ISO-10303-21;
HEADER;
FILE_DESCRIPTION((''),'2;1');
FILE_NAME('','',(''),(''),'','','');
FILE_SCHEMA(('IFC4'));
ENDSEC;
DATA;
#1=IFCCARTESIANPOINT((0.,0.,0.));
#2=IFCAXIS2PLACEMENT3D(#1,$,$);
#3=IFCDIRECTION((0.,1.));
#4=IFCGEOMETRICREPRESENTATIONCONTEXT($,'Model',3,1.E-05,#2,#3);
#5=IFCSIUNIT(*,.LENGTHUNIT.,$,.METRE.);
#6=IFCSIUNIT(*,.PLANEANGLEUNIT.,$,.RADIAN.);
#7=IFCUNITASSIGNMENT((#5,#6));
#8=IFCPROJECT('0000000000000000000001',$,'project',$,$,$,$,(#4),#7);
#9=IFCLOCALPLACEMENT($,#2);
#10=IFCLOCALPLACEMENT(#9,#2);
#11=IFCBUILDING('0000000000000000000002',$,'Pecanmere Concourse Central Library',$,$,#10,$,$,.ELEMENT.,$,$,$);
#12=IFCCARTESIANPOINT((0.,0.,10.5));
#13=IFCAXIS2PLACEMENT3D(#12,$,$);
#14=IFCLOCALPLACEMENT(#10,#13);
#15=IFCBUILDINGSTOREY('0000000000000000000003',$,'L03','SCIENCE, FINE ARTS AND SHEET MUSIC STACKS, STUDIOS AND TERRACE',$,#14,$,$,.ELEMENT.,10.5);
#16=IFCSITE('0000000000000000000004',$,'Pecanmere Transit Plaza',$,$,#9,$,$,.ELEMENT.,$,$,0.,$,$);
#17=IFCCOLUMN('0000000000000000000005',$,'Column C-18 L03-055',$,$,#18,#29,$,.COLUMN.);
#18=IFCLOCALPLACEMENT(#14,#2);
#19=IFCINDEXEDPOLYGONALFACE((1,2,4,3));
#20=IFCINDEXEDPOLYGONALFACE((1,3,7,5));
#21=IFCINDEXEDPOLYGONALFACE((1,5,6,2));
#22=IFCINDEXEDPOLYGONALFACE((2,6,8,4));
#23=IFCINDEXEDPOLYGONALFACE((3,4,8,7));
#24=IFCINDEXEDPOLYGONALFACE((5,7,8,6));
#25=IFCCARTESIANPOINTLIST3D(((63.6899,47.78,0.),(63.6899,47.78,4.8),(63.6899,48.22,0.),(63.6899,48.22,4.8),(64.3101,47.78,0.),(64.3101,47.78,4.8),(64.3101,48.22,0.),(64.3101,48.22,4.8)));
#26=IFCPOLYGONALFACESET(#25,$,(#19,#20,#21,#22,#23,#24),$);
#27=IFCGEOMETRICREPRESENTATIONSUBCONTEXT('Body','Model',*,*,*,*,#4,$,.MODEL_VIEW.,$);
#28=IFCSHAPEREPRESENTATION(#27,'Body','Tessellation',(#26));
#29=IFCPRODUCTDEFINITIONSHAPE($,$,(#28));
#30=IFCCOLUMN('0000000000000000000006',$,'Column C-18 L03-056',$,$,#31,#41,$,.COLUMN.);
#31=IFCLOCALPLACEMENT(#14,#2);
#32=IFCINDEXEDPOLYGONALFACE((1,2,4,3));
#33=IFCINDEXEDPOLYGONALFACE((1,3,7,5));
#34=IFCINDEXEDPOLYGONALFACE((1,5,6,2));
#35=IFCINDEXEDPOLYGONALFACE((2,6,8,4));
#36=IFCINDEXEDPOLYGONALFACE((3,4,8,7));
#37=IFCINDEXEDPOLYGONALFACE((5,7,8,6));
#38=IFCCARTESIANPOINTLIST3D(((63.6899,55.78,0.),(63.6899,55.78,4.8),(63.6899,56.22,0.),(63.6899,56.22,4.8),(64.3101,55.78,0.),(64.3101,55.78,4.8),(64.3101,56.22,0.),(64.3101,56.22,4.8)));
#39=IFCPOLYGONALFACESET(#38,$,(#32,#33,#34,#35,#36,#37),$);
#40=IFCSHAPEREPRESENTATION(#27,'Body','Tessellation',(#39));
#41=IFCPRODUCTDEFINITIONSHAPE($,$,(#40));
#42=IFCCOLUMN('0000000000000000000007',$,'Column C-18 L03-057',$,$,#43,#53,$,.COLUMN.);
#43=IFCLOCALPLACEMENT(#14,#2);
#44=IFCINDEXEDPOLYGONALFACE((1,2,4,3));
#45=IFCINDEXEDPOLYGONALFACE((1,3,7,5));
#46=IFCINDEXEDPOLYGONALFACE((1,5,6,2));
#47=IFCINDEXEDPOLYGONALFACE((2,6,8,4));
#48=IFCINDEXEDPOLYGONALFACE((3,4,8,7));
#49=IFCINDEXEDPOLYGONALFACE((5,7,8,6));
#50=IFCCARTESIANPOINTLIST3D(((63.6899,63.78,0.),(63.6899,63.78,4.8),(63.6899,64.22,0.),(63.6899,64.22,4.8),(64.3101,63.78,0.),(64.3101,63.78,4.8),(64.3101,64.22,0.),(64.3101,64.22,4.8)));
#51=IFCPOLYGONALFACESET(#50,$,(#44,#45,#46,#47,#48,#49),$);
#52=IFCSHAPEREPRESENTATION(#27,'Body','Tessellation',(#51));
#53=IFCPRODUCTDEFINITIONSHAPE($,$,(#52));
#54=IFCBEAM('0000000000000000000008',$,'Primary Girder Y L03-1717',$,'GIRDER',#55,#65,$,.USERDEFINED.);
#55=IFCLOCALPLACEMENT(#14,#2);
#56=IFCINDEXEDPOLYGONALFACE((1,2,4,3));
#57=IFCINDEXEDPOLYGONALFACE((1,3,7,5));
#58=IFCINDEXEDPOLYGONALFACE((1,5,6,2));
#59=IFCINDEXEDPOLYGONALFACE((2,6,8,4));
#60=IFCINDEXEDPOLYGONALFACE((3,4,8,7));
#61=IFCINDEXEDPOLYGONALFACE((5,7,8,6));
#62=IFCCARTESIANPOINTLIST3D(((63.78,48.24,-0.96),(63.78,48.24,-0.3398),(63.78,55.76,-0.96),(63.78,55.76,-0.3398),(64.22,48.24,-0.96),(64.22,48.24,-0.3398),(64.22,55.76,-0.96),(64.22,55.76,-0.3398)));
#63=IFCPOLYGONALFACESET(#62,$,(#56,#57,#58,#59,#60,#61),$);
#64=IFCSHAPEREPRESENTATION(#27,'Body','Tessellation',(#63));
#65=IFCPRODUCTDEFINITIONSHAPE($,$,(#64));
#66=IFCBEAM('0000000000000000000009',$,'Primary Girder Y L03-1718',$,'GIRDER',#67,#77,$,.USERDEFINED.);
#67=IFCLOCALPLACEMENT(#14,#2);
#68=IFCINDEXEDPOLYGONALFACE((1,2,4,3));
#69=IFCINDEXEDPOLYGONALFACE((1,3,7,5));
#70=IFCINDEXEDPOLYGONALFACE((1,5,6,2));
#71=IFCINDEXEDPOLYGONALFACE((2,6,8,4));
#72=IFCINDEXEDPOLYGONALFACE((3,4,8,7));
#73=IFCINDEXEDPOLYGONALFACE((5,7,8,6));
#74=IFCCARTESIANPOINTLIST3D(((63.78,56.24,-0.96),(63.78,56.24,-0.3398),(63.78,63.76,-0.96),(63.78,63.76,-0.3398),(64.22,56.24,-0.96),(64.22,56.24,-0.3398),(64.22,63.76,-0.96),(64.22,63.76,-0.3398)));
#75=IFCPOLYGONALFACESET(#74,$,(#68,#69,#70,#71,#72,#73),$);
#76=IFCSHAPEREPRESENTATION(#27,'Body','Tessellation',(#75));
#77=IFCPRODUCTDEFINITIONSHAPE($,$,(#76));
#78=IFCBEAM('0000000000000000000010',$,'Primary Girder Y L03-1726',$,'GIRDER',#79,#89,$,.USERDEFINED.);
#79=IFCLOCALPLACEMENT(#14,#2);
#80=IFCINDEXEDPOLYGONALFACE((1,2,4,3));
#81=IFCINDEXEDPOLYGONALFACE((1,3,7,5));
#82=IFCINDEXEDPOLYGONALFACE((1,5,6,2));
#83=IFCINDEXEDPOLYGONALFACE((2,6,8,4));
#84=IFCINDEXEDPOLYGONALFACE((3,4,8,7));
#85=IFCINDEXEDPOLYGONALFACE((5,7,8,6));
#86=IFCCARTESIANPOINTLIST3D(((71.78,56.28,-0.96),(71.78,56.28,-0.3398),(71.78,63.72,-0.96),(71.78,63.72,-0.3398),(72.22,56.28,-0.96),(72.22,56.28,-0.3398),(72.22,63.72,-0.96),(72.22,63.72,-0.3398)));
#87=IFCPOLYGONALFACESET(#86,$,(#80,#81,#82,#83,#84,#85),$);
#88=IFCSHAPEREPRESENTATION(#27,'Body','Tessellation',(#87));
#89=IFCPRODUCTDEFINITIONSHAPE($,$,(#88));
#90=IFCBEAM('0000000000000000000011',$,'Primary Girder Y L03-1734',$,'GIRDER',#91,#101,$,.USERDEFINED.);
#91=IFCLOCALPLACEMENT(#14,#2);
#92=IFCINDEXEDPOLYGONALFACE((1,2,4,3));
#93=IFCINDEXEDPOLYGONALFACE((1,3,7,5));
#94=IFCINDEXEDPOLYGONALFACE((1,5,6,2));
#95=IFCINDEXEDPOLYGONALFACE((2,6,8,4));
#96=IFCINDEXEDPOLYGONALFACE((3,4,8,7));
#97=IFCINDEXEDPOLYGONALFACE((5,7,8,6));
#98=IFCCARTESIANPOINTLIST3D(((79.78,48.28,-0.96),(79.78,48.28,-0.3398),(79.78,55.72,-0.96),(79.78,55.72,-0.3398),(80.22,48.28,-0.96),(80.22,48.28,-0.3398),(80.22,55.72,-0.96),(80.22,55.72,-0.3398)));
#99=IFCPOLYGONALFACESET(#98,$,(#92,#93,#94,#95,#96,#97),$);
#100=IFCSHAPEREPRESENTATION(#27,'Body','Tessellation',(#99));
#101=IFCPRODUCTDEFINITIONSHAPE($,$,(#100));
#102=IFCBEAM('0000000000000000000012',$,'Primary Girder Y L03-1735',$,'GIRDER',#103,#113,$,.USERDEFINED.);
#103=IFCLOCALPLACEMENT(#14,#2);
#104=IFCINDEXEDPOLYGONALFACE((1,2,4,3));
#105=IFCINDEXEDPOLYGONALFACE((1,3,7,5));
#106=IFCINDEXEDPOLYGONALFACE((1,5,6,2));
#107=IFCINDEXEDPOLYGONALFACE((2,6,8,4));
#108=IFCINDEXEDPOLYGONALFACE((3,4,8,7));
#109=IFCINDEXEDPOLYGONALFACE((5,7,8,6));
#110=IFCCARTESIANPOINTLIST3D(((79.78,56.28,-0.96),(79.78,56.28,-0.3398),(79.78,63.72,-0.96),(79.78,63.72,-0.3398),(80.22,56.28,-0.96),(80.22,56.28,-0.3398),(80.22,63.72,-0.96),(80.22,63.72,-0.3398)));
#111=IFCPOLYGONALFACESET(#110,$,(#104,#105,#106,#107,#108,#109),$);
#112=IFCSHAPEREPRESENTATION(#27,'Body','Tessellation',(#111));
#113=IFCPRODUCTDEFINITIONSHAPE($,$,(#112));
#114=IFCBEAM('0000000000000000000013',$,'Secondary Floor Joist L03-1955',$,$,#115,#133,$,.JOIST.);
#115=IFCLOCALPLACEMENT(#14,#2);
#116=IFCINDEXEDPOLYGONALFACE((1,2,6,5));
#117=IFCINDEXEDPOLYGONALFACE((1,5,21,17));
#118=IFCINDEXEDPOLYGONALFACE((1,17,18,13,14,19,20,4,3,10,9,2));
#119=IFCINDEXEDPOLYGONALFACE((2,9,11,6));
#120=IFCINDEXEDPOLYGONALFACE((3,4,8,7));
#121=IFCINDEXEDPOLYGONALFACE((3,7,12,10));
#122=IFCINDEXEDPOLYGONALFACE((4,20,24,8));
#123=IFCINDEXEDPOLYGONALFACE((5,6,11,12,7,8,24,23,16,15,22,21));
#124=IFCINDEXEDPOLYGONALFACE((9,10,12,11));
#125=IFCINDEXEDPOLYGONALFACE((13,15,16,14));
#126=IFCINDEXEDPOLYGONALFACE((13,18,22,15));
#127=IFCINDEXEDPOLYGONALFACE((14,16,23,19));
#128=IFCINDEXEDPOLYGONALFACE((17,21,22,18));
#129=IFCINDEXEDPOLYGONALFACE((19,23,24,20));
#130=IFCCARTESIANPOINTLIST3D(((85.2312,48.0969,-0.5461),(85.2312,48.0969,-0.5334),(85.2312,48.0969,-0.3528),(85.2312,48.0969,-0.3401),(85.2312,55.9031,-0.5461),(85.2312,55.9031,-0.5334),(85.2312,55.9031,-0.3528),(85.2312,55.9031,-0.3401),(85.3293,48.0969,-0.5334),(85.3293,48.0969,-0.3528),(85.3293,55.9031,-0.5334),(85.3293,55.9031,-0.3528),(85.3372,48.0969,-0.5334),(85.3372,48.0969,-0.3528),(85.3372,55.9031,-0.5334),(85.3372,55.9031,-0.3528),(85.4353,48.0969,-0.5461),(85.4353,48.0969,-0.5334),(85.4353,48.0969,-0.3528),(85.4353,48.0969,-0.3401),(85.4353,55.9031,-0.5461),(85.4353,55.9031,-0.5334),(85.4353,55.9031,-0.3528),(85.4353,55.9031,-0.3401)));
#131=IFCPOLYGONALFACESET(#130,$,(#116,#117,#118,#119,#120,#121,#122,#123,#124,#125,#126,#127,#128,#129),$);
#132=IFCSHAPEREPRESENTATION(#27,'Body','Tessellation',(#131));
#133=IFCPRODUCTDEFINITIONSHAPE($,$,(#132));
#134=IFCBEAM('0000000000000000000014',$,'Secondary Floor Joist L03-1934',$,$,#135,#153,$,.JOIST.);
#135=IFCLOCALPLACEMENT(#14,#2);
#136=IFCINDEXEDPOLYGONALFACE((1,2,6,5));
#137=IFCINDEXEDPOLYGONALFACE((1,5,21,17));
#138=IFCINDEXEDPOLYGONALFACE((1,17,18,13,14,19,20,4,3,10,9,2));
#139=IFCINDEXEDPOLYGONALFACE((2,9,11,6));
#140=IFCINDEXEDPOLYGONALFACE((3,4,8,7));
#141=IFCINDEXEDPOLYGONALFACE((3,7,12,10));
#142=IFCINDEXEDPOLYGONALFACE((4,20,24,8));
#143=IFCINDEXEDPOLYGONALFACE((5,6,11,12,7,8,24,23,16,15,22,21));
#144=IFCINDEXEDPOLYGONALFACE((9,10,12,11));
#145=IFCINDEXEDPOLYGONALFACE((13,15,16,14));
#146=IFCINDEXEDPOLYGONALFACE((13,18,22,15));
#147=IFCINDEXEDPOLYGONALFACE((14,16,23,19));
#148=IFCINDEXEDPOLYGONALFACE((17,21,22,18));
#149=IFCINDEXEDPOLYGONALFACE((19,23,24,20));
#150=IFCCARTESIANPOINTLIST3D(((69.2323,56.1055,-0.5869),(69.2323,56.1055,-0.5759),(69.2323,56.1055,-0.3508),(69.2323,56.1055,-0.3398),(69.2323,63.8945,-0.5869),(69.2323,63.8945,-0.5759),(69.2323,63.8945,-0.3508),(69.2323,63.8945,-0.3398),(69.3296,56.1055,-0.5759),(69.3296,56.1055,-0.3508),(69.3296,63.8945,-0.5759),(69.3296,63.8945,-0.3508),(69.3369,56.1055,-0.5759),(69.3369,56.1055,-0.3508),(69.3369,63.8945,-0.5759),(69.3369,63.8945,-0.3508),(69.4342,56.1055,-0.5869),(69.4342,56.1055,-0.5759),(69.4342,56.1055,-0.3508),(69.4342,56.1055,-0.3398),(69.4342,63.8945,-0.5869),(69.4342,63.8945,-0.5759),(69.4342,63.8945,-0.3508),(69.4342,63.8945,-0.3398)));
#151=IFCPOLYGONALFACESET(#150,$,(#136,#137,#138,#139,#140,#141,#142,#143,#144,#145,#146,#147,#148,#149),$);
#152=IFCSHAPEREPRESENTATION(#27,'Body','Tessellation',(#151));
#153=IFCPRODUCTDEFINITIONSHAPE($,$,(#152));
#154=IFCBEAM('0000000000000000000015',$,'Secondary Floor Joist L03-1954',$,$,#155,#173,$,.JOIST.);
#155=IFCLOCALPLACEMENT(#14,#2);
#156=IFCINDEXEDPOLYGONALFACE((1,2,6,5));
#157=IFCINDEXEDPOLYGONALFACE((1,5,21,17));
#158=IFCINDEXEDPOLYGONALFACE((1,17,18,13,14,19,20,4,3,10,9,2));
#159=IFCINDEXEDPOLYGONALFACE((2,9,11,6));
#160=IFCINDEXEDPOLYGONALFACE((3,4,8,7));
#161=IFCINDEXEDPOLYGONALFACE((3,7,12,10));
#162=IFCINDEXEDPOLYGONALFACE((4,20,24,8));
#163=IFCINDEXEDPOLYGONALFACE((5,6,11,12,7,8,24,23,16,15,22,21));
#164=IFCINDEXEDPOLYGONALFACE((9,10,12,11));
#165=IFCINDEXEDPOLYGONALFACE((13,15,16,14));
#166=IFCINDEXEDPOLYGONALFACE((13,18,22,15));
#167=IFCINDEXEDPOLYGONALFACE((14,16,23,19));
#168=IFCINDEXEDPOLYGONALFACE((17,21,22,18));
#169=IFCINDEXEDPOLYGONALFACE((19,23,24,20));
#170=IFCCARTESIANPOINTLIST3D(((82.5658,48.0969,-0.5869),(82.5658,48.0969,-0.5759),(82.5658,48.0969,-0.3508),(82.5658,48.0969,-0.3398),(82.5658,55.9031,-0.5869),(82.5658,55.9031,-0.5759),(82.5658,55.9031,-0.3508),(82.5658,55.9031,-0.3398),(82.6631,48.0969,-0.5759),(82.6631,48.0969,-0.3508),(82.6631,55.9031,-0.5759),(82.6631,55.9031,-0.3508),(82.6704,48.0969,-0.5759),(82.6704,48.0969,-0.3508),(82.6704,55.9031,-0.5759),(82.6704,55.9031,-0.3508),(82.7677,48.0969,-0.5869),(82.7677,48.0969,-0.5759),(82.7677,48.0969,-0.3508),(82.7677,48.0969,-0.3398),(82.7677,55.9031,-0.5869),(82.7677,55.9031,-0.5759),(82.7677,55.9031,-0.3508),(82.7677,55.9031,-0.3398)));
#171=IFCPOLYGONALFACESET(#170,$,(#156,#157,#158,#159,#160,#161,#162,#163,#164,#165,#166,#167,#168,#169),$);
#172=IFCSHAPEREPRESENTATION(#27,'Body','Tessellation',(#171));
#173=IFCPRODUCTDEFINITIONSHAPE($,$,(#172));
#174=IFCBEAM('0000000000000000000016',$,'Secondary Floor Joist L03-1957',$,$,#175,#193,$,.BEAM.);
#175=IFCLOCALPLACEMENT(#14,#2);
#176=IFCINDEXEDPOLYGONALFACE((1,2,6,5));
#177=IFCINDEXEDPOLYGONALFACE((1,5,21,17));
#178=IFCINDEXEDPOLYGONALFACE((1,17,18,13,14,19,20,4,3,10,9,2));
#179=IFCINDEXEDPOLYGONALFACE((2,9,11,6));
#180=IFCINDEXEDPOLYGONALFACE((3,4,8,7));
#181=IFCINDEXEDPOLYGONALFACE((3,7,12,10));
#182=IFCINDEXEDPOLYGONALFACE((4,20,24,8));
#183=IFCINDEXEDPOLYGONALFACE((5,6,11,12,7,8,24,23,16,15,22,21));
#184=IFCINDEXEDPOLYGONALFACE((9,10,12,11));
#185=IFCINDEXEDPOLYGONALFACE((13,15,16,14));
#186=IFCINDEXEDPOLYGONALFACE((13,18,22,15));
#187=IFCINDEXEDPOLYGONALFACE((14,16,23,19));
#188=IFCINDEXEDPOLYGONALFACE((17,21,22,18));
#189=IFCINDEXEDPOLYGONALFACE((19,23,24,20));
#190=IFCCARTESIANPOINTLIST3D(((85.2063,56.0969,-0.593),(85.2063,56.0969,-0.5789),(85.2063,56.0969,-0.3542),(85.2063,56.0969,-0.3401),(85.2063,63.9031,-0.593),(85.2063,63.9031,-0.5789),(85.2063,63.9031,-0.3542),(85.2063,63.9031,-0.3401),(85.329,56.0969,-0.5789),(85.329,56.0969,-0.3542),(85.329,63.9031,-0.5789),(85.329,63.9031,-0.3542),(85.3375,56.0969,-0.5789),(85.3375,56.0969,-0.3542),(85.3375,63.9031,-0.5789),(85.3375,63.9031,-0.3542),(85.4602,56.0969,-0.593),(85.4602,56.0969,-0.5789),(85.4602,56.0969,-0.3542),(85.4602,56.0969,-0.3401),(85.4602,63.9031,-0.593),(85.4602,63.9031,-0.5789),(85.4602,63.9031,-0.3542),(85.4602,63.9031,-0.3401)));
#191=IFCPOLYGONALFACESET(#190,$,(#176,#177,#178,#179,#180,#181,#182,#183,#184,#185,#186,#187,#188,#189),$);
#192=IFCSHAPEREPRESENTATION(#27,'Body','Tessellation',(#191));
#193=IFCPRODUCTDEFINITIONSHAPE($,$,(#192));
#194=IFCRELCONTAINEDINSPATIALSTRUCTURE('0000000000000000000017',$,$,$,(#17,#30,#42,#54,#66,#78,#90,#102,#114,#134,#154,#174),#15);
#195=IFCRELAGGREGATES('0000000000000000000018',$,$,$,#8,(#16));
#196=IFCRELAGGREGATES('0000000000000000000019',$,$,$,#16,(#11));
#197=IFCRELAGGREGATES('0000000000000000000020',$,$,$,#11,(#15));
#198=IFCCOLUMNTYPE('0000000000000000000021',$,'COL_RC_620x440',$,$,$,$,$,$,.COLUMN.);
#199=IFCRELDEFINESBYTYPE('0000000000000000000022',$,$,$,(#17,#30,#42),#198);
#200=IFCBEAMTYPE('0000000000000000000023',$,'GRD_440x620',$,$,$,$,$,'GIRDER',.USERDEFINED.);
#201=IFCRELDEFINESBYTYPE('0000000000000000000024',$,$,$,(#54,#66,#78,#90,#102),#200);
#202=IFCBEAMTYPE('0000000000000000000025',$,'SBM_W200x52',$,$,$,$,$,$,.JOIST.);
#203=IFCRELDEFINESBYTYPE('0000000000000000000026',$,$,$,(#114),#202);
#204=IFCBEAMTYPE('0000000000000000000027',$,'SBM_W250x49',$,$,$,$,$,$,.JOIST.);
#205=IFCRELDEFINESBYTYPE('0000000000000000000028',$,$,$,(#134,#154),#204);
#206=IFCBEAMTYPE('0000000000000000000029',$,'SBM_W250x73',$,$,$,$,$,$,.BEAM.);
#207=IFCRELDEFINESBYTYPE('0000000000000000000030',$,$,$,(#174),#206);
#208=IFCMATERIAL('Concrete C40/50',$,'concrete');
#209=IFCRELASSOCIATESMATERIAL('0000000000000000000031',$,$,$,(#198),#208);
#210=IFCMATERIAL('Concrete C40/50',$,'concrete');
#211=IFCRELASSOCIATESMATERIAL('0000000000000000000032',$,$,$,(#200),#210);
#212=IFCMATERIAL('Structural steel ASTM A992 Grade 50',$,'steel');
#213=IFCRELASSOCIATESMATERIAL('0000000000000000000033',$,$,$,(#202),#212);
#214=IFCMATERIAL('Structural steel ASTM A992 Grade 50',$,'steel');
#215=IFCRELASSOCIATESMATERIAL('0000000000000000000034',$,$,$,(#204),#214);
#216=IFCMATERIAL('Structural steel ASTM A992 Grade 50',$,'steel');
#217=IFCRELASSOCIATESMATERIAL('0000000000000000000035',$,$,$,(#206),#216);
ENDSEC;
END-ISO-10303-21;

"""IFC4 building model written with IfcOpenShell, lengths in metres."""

from ifc_helpers import new_model, si_unit, direction, frame, origin, origin_2d, place, context, subcontext, project, spatial, rectangle, i_section, extrude, material, material_profile, profile_set, type_object, element, save


model = new_model("IFC4")

# Units and contexts
model_context = context("Model", 3, precision=1e-05, world=origin(), true_north=direction((0.0, 1.0)))
body_context = subcontext(model_context, "Body", "Model", "MODEL_VIEW")
ifc_project = project(units=[si_unit("LENGTHUNIT", "METRE"), si_unit("PLANEANGLEUNIT", "RADIAN")], contexts=[model_context])

# Site, building, storey
site_placement = place(None, origin())
site = spatial("IfcSite", under=ifc_project, at=site_placement, Name="Pecanmere Transit Plaza", CompositionType="ELEMENT", RefElevation=0.0)
building_placement = place(site_placement, origin())
building = spatial("IfcBuilding", under=site, at=building_placement, Name="Pecanmere Concourse Central Library", CompositionType="ELEMENT")
storey_placement = place(building_placement, frame((0.0, 0.0, 10.5)))
storey = spatial("IfcBuildingStorey", under=building, at=storey_placement, Name="L03", Description="SCIENCE, FINE ARTS AND SHEET MUSIC STACKS, STUDIOS AND TERRACE", CompositionType="ELEMENT", Elevation=10.5)

# Columns
ifc_material_1 = material(Name="Concrete C40/50", Category="concrete")
ifc_material_profile_1 = material_profile(ifc_material_1, rectangle(XDim=0.6201, YDim=0.4399, at=origin_2d()), Name="RC 620x440")
ifc_profile_set_1 = profile_set([ifc_material_profile_1], Name="Concrete C40/50")
column_type = type_object("IfcColumnType", Name="COL_RC_620x440", PredefinedType="COLUMN", material=ifc_profile_set_1)
for number, where, z_axis, x_axis, name in (
    (1, (64.0, 48.0, 0.0), (0.0, 0.0, 1.0), (1.0, 0.0, 0.0), "Column C-18 L03-055"),
    (2, (64.0, 56.0, 0.0), (0.0, 0.0, 1.0), (1.0, 0.0, 0.0), "Column C-18 L03-056"),
    (3, (64.0, 64.0, 0.0), (0.0, 0.0, 1.0), (1.0, 0.0, 0.0), "Column C-18 L03-057"),
):
    element("IfcColumn", number, at=place(storey_placement, frame(where, z_axis=z_axis, x_axis=x_axis)), inside=storey, type_object=column_type, Name=name, PredefinedType="COLUMN", context=body_context, shape_type="SweptSolid", body=[
        extrude(rectangle(XDim=0.6201, YDim=0.4399, at=origin_2d()), origin(), (0.0, 0.0, 1.0), 4.8),
    ])

# Beams
ifc_material_2 = material(Name="Concrete C40/50", Category="concrete")
ifc_material_profile_2 = material_profile(ifc_material_2, rectangle(XDim=0.4399, YDim=0.6201, at=origin_2d()), Name="RC 440x620")
ifc_profile_set_2 = profile_set([ifc_material_profile_2], Name="Concrete C40/50")
beam_type_1 = type_object("IfcBeamType", Name="GRD_440x620", ElementType="GIRDER", PredefinedType="USERDEFINED", material=ifc_profile_set_2)
for number, where, z_axis, x_axis, name in (
    (4, (64.0, 48.24, -0.6499), (0.0, 1.0, 0.0), (-1.0, 0.0, 0.0), "Primary Girder Y L03-1717"),
    (5, (64.0, 56.24, -0.6499), (0.0, 1.0, 0.0), (-1.0, 0.0, 0.0), "Primary Girder Y L03-1718"),
):
    element("IfcBeam", number, at=place(storey_placement, frame(where, z_axis=z_axis, x_axis=x_axis)), inside=storey, type_object=beam_type_1, Name=name, ObjectType="GIRDER", PredefinedType="USERDEFINED", context=body_context, shape_type="SweptSolid", body=[
        extrude(rectangle(XDim=0.4399, YDim=0.6201, at=origin_2d()), origin(), (0.0, 0.0, 1.0), 7.52),
    ])
for number, where, z_axis, x_axis, name in (
    (6, (72.0, 56.28, -0.6499), (0.0, 1.0, 0.0), (-1.0, 0.0, 0.0), "Primary Girder Y L03-1726"),
    (7, (80.0, 48.28, -0.6499), (0.0, 1.0, 0.0), (-1.0, 0.0, 0.0), "Primary Girder Y L03-1734"),
    (8, (80.0, 56.28, -0.6499), (0.0, 1.0, 0.0), (-1.0, 0.0, 0.0), "Primary Girder Y L03-1735"),
):
    element("IfcBeam", number, at=place(storey_placement, frame(where, z_axis=z_axis, x_axis=x_axis)), inside=storey, type_object=beam_type_1, Name=name, ObjectType="GIRDER", PredefinedType="USERDEFINED", context=body_context, shape_type="SweptSolid", body=[
        extrude(rectangle(XDim=0.4399, YDim=0.6201, at=origin_2d()), origin(), (0.0, 0.0, 1.0), 7.4399),
    ])
ifc_material_3 = material(Name="Structural steel ASTM A992 Grade 50", Category="steel")
ifc_material_profile_3 = material_profile(ifc_material_3, i_section(OverallWidth=0.2041, OverallDepth=0.2061, WebThickness=0.0078, FlangeThickness=0.0127, at=origin_2d()), Name="W200x52")
ifc_profile_set_3 = profile_set([ifc_material_profile_3], Name="Structural steel ASTM A992 Grade 50")
beam_type_2 = type_object("IfcBeamType", Name="SBM_W200x52", PredefinedType="JOIST", material=ifc_profile_set_3)
beam_1_placement = place(storey_placement, frame((85.3333, 48.0969, -0.4431), z_axis=(0.0, 1.0, 0.0), x_axis=(-1.0, 0.0, 0.0)))
element("IfcBeam", 9, at=beam_1_placement, inside=storey, type_object=beam_type_2, Name="Secondary Floor Joist L03-1955", PredefinedType="JOIST", context=body_context, shape_type="SweptSolid", body=[
    extrude(i_section(OverallWidth=0.2041, OverallDepth=0.2061, WebThickness=0.0078, FlangeThickness=0.0127, at=origin_2d()), origin(), (0.0, 0.0, 1.0), 7.8062),
])
ifc_material_4 = material(Name="Structural steel ASTM A992 Grade 50", Category="steel")
ifc_material_profile_4 = material_profile(ifc_material_4, i_section(OverallWidth=0.2019, OverallDepth=0.2471, WebThickness=0.0073, FlangeThickness=0.011, at=origin_2d()), Name="W250x49.1")
ifc_profile_set_4 = profile_set([ifc_material_profile_4], Name="Structural steel ASTM A992 Grade 50")
beam_type_3 = type_object("IfcBeamType", Name="SBM_W250x49", PredefinedType="JOIST", material=ifc_profile_set_4)
beam_2_placement = place(storey_placement, frame((69.3333, 56.1055, -0.4634), z_axis=(0.0, 1.0, 0.0), x_axis=(-1.0, 0.0, 0.0)))
element("IfcBeam", 10, at=beam_2_placement, inside=storey, type_object=beam_type_3, Name="Secondary Floor Joist L03-1934", PredefinedType="JOIST", context=body_context, shape_type="SweptSolid", body=[
    extrude(i_section(OverallWidth=0.2019, OverallDepth=0.2471, WebThickness=0.0073, FlangeThickness=0.011, at=origin_2d()), origin(), (0.0, 0.0, 1.0), 7.7891),
])
beam_3_placement = place(storey_placement, frame((82.6667, 48.0969, -0.4634), z_axis=(0.0, 1.0, 0.0), x_axis=(-1.0, 0.0, 0.0)))
element("IfcBeam", 11, at=beam_3_placement, inside=storey, type_object=beam_type_3, Name="Secondary Floor Joist L03-1954", PredefinedType="JOIST", context=body_context, shape_type="SweptSolid", body=[
    extrude(i_section(OverallWidth=0.2019, OverallDepth=0.2471, WebThickness=0.0073, FlangeThickness=0.011, at=origin_2d()), origin(), (0.0, 0.0, 1.0), 7.8062),
])
ifc_material_5 = material(Name="Structural steel ASTM A992 Grade 50", Category="steel")
ifc_material_profile_5 = material_profile(ifc_material_5, i_section(OverallWidth=0.2539, OverallDepth=0.2529, WebThickness=0.0085, FlangeThickness=0.0142, at=origin_2d()), Name="W250x73")
ifc_profile_set_5 = profile_set([ifc_material_profile_5], Name="Structural steel ASTM A992 Grade 50")
beam_type_4 = type_object("IfcBeamType", Name="SBM_W250x73", PredefinedType="BEAM", material=ifc_profile_set_5)
beam_4_placement = place(storey_placement, frame((85.3333, 56.0969, -0.4666), z_axis=(0.0, 1.0, 0.0), x_axis=(-1.0, 0.0, 0.0)))
element("IfcBeam", 12, at=beam_4_placement, inside=storey, type_object=beam_type_4, Name="Secondary Floor Joist L03-1957", PredefinedType="BEAM", context=body_context, shape_type="SweptSolid", body=[
    extrude(i_section(OverallWidth=0.2539, OverallDepth=0.2529, WebThickness=0.0085, FlangeThickness=0.0142, at=origin_2d()), origin(), (0.0, 0.0, 1.0), 7.8062),
])

save(model, "model.ifc")
